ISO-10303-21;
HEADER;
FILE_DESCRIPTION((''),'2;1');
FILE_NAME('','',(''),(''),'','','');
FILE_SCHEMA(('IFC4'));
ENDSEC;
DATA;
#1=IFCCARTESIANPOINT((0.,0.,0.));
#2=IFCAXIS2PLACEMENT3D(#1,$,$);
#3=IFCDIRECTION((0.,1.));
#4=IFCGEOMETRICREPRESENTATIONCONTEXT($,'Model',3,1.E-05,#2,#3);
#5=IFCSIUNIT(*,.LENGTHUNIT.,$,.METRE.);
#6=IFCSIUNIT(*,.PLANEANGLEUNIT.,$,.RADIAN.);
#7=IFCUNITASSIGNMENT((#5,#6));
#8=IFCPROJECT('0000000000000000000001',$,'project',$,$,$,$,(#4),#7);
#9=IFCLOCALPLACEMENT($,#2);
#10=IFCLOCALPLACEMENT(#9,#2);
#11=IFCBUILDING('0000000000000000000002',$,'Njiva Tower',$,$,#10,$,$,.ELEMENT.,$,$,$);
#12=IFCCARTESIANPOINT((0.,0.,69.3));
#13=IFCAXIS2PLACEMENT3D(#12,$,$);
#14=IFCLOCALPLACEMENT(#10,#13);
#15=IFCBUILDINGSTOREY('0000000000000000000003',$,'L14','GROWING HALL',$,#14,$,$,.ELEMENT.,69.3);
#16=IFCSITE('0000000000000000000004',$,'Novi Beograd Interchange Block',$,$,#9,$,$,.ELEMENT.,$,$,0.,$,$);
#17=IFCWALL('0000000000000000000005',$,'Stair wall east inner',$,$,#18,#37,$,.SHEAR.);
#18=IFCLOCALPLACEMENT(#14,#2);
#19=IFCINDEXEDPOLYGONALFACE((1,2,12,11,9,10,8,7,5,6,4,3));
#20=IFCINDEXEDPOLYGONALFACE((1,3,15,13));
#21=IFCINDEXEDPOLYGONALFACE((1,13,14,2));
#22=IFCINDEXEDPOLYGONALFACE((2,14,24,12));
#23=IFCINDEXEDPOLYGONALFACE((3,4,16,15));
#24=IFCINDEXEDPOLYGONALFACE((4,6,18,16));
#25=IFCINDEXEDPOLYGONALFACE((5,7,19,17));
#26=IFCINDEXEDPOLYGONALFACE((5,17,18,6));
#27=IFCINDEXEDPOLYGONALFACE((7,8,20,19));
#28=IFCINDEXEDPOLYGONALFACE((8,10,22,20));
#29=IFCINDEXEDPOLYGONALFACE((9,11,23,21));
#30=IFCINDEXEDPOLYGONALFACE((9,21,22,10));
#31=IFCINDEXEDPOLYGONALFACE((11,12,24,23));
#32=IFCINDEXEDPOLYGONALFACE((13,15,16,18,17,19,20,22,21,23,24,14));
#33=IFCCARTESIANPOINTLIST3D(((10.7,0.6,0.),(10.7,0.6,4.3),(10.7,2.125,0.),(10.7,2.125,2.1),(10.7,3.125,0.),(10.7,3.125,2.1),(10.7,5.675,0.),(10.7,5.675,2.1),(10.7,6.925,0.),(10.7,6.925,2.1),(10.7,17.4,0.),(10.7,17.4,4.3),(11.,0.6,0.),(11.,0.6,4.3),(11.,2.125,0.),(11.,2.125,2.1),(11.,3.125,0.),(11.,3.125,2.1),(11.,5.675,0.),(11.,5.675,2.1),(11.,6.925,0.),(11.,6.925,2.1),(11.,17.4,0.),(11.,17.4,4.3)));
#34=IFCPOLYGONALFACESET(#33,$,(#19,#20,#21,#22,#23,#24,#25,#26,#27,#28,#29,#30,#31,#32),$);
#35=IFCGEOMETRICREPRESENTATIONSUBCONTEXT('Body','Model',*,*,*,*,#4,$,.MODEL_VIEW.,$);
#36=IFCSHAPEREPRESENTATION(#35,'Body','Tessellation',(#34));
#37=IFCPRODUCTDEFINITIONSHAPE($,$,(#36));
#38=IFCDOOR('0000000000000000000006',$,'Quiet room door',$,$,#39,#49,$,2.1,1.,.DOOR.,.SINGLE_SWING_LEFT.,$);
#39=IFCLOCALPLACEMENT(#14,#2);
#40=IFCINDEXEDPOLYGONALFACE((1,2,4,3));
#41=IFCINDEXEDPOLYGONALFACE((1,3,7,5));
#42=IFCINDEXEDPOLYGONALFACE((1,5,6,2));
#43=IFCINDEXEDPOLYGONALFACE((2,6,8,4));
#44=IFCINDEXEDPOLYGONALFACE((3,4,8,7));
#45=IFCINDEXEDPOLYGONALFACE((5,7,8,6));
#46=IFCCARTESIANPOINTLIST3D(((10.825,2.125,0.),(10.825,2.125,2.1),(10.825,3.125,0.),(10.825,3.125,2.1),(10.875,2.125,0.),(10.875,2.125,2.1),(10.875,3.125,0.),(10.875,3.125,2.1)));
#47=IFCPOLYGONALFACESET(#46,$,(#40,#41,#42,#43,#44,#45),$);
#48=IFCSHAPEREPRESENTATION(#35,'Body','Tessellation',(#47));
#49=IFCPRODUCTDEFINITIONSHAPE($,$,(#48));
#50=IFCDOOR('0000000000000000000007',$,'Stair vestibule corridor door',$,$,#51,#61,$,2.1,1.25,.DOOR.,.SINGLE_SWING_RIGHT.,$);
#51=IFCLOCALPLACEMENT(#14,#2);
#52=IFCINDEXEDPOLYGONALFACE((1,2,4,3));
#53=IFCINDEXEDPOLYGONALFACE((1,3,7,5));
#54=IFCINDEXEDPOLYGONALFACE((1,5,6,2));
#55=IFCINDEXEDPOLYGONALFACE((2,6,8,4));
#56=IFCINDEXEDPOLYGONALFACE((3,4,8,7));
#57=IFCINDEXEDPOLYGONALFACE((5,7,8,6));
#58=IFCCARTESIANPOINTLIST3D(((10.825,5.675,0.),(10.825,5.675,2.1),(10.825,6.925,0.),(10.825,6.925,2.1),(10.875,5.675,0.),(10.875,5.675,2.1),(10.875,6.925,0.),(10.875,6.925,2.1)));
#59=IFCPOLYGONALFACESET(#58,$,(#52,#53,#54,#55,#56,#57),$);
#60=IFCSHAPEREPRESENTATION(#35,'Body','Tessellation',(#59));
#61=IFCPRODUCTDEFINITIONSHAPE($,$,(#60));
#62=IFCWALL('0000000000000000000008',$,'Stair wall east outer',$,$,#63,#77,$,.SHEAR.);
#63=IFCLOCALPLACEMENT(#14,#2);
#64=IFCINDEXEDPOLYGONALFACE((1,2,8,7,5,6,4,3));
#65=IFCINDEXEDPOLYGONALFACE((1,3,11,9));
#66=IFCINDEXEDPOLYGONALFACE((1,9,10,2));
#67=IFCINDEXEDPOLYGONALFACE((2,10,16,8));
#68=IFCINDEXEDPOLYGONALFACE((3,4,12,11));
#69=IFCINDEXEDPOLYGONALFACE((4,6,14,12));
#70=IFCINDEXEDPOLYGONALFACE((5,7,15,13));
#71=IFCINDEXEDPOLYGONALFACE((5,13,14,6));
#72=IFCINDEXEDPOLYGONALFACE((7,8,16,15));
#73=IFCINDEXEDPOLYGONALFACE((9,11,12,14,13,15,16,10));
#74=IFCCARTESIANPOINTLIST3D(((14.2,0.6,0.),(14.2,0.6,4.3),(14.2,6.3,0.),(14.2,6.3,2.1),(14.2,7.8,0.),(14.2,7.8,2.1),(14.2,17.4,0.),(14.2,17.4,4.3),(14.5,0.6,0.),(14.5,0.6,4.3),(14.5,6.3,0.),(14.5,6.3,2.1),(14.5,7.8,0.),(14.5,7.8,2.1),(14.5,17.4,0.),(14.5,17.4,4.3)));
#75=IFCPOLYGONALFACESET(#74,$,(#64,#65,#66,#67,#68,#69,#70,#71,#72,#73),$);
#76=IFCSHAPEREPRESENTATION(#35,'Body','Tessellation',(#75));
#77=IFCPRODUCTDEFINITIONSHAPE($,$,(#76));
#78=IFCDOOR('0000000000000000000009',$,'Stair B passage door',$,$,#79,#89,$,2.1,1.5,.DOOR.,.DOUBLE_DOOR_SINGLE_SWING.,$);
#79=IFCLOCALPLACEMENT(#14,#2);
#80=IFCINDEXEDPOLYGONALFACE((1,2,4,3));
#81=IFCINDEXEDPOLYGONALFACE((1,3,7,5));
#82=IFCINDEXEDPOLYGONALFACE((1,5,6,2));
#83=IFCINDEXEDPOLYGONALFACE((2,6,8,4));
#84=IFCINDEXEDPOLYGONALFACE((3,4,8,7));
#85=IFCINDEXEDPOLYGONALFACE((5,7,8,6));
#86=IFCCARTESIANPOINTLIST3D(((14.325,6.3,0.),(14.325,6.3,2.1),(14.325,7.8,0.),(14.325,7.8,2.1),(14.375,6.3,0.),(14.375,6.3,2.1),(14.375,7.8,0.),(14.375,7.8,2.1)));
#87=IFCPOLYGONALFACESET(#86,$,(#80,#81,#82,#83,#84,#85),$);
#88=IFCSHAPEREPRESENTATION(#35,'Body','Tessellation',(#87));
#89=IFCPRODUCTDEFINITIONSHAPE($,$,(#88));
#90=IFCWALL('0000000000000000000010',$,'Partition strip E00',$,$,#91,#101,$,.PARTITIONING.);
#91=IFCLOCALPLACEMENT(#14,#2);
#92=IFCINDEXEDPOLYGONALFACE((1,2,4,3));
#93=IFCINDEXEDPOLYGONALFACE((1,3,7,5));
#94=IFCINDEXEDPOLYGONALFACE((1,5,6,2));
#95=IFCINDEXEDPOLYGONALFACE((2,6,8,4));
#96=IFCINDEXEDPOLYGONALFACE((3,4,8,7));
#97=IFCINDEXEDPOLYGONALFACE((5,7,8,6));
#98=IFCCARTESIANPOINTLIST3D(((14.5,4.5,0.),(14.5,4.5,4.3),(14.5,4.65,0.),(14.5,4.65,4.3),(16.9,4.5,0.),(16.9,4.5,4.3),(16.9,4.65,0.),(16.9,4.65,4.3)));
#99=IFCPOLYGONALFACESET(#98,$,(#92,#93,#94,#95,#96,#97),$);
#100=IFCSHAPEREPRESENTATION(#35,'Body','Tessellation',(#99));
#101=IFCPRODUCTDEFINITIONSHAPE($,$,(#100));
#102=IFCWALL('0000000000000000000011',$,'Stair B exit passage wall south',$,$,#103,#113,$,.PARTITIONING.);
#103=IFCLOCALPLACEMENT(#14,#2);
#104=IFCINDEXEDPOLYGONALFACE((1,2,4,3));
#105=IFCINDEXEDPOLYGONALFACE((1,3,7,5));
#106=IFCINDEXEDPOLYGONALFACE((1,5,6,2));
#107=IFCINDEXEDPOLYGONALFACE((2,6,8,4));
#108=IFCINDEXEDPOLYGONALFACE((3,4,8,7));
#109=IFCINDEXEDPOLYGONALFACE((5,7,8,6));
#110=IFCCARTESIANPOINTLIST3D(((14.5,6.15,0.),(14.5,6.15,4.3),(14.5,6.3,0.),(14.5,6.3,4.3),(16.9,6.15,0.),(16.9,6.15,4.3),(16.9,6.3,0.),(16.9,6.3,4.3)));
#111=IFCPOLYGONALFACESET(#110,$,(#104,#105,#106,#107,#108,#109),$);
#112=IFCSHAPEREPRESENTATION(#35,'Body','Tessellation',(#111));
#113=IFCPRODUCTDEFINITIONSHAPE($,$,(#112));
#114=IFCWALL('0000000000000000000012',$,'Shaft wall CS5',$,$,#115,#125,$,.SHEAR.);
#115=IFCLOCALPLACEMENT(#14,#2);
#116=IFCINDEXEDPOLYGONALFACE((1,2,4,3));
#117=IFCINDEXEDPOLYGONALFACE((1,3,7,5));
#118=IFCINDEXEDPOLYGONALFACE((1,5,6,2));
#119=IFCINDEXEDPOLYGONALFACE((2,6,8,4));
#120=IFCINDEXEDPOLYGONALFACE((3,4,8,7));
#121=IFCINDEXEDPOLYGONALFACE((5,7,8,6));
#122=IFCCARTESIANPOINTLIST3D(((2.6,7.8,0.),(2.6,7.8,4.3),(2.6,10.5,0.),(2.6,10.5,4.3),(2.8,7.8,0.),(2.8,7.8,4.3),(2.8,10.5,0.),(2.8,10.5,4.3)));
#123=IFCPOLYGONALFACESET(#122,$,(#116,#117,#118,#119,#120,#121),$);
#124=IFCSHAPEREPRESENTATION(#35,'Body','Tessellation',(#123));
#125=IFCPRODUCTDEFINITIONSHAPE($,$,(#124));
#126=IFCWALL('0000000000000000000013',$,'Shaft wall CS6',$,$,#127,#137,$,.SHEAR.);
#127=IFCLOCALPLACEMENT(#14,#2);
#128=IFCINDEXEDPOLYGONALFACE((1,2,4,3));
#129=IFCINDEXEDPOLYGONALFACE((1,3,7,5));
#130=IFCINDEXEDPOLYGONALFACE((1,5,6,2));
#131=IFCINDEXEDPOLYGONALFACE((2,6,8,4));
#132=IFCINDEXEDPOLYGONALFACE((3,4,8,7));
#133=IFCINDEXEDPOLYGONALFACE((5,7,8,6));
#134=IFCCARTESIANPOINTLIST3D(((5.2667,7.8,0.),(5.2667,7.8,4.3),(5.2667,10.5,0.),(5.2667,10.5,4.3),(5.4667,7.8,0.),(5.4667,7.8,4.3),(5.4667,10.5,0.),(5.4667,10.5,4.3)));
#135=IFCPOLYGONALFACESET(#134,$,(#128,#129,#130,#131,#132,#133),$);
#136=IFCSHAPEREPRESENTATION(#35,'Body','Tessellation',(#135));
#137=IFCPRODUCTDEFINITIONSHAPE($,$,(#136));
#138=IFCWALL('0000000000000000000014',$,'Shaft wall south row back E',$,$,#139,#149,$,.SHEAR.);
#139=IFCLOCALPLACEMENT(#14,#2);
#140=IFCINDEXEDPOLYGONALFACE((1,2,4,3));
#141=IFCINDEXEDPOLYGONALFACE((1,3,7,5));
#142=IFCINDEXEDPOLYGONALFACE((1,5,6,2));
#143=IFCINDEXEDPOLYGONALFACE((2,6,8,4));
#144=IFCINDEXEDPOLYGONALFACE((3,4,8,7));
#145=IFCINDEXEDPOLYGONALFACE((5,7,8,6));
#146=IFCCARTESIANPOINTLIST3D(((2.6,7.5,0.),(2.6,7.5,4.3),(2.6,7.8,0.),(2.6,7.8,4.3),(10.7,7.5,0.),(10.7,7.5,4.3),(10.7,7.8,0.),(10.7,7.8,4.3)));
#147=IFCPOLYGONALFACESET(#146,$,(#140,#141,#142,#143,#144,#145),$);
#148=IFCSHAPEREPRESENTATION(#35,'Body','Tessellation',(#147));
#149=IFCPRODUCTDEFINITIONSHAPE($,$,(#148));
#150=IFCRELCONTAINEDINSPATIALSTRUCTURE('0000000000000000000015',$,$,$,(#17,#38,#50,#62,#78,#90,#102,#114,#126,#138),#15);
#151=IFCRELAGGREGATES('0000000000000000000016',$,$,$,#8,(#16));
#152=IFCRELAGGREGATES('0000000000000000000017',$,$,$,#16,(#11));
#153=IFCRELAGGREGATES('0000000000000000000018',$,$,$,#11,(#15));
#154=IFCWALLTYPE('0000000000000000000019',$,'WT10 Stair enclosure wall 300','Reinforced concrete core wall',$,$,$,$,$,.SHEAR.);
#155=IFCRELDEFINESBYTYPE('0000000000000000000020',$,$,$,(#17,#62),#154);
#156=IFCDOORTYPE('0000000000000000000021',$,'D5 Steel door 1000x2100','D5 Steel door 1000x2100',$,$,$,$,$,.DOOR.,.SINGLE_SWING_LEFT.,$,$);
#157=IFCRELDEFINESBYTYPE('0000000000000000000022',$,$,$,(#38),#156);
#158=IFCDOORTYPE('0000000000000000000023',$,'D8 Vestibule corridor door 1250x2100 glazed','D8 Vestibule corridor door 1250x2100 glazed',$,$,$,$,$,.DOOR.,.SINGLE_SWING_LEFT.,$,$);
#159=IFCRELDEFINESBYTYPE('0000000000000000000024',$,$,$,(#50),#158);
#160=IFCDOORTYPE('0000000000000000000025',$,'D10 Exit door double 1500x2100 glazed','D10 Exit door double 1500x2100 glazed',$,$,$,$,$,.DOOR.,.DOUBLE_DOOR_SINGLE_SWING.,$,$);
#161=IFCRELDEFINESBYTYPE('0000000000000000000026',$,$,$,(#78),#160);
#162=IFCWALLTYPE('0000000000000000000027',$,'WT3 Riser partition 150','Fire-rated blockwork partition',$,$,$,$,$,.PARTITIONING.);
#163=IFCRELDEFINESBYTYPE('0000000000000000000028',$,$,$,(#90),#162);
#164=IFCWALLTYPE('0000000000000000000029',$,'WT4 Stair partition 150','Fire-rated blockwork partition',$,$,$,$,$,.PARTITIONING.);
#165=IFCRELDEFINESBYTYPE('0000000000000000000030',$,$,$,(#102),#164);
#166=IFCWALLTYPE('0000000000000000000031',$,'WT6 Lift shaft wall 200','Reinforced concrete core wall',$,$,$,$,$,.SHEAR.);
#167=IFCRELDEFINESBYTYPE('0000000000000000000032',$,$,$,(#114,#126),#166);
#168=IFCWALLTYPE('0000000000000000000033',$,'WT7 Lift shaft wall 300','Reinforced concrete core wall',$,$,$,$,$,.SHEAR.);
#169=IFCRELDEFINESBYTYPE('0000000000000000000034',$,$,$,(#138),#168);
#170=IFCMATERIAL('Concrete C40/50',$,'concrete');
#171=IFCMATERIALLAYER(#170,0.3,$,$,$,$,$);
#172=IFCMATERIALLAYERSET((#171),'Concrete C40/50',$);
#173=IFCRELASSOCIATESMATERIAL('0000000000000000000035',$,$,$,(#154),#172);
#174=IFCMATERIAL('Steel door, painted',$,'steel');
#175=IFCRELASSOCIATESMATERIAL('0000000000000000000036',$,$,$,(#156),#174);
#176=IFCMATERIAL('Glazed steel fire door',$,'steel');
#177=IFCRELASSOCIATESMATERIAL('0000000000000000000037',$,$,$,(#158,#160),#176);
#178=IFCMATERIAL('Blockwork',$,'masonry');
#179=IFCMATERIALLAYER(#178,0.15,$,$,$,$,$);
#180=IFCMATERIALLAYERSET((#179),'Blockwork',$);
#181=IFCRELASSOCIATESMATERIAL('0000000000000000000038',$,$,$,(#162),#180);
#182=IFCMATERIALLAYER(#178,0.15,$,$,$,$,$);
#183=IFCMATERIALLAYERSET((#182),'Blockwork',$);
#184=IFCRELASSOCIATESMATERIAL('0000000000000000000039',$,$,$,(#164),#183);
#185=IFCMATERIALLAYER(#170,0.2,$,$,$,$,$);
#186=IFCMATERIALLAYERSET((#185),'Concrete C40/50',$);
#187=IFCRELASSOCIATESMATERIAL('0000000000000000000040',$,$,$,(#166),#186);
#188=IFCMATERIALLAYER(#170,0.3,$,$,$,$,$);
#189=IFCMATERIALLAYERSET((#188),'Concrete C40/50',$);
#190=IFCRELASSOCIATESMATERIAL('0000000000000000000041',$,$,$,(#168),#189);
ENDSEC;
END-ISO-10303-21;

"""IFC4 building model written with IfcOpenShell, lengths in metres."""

from ifc_helpers import new_model, si_unit, direction, frame, frame_2d, origin, place, context, subcontext, project, spatial, rectangle, extrude, material, layer, layer_set, type_object, element, fill, save


model = new_model("IFC4")

# Units and contexts
model_context = context("Model", 3, precision=1e-05, world=origin(), true_north=direction((0.0, 1.0)))
body_context = subcontext(model_context, "Body", "Model", "MODEL_VIEW")
ifc_project = project(units=[si_unit("LENGTHUNIT", "METRE"), si_unit("PLANEANGLEUNIT", "RADIAN")], contexts=[model_context])

# Site, building, storey
site_placement = place(None, origin())
site = spatial("IfcSite", under=ifc_project, at=site_placement, Name="Novi Beograd Interchange Block", CompositionType="ELEMENT", RefElevation=0.0)
building_placement = place(site_placement, origin())
building = spatial("IfcBuilding", under=site, at=building_placement, Name="Njiva Tower", CompositionType="ELEMENT")
storey_placement = place(building_placement, frame((0.0, 0.0, 69.3)))
storey = spatial("IfcBuildingStorey", under=building, at=storey_placement, Name="L14", Description="GROWING HALL", CompositionType="ELEMENT", Elevation=69.3)

# Shared definitions
ifc_material_1 = material(Name="Concrete C40/50", Category="concrete")

# Shared definitions
ifc_material_2 = material(Name="Blockwork", Category="masonry")

# Wall, openings, doors
ifc_layer_1 = layer(ifc_material_1, 0.3)
ifc_layer_set_1 = layer_set([ifc_layer_1], Name="Concrete C40/50")
wall_type_1 = type_object("IfcWallType", Name="WT10 Stair enclosure wall 300", Description="Reinforced concrete core wall", PredefinedType="SHEAR", material=ifc_layer_set_1)
wall_1_placement = place(storey_placement, frame((10.85, 0.6, 0.0), z_axis=(0.0, 0.0, 1.0), x_axis=(0.0, 1.0, 0.0)))
wall_1 = element("IfcWall", 1, at=wall_1_placement, inside=storey, type_object=wall_type_1, Name="Stair wall east inner", PredefinedType="SHEAR", context=body_context, shape_type="SweptSolid", body=[
    extrude(rectangle(XDim=16.8, YDim=0.3, at=frame_2d((8.4, 0.0))), origin(), (0.0, 0.0, 1.0), 4.3),
])
opening_1_placement = place(wall_1_placement, frame((5.075, 0.0, 0.0)))
opening_1 = element("IfcOpeningElement", 2, at=opening_1_placement, cuts=wall_1, PredefinedType="OPENING", context=body_context, shape_type="SweptSolid", body=[
    extrude(rectangle(XDim=1.25, YDim=2.1, at=frame_2d((0.625, 1.05))), frame((0.0, 0.16, 0.0), z_axis=(0.0, -1.0, 0.0), x_axis=(1.0, 0.0, 0.0)), (0.0, 0.0, 1.0), 0.32),
])
opening_2_placement = place(wall_1_placement, frame((1.525, 0.0, 0.0)))
opening_2 = element("IfcOpeningElement", 3, at=opening_2_placement, cuts=wall_1, PredefinedType="OPENING", context=body_context, shape_type="SweptSolid", body=[
    extrude(rectangle(XDim=1.0, YDim=2.1, at=frame_2d((0.5, 1.05))), frame((0.0, 0.16, 0.0), z_axis=(0.0, -1.0, 0.0), x_axis=(1.0, 0.0, 0.0)), (0.0, 0.0, 1.0), 0.32),
])
ifc_material_3 = material(Name="Steel door, painted", Category="steel")
door_type_1 = type_object("IfcDoorType", Name="D5 Steel door 1000x2100", Description="D5 Steel door 1000x2100", OperationType="SINGLE_SWING_LEFT", PredefinedType="DOOR", material=ifc_material_3)
door_1_placement = place(opening_2_placement, origin())
door_1 = element("IfcDoor", 4, at=door_1_placement, inside=storey, type_object=door_type_1, Name="Quiet room door", OperationType="SINGLE_SWING_LEFT", OverallHeight=2.1, OverallWidth=1.0, PredefinedType="DOOR", context=body_context, shape_type="SweptSolid", body=[
    extrude(rectangle(XDim=1.0, YDim=2.1, at=frame_2d((0.5, 1.05))), frame((0.0, 0.025, 0.0), z_axis=(0.0, -1.0, 0.0), x_axis=(1.0, 0.0, 0.0)), (0.0, 0.0, 1.0), 0.05),
])
fill(opening_2, door_1)
ifc_material_4 = material(Name="Glazed steel fire door", Category="steel")
door_type_2 = type_object("IfcDoorType", Name="D8 Vestibule corridor door 1250x2100 glazed", Description="D8 Vestibule corridor door 1250x2100 glazed", OperationType="SINGLE_SWING_LEFT", PredefinedType="DOOR", material=ifc_material_4)
door_2_placement = place(opening_1_placement, origin())
door_2 = element("IfcDoor", 5, at=door_2_placement, inside=storey, type_object=door_type_2, Name="Stair vestibule corridor door", OperationType="SINGLE_SWING_RIGHT", OverallHeight=2.1, OverallWidth=1.25, PredefinedType="DOOR", context=body_context, shape_type="SweptSolid", body=[
    extrude(rectangle(XDim=1.25, YDim=2.1, at=frame_2d((0.625, 1.05))), frame((0.0, 0.025, 0.0), z_axis=(0.0, -1.0, 0.0), x_axis=(1.0, 0.0, 0.0)), (0.0, 0.0, 1.0), 0.05),
])
fill(opening_1, door_2)

# Wall, opening, door
wall_2_placement = place(storey_placement, frame((14.35, 0.6, 0.0), z_axis=(0.0, 0.0, 1.0), x_axis=(0.0, 1.0, 0.0)))
wall_2 = element("IfcWall", 6, at=wall_2_placement, inside=storey, type_object=wall_type_1, Name="Stair wall east outer", PredefinedType="SHEAR", context=body_context, shape_type="SweptSolid", body=[
    extrude(rectangle(XDim=16.8, YDim=0.3, at=frame_2d((8.4, 0.0))), origin(), (0.0, 0.0, 1.0), 4.3),
])
opening_3_placement = place(wall_2_placement, frame((5.7, 0.0, 0.0)))
opening_3 = element("IfcOpeningElement", 7, at=opening_3_placement, cuts=wall_2, PredefinedType="OPENING", context=body_context, shape_type="SweptSolid", body=[
    extrude(rectangle(XDim=1.5, YDim=2.1, at=frame_2d((0.75, 1.05))), frame((0.0, 0.16, 0.0), z_axis=(0.0, -1.0, 0.0), x_axis=(1.0, 0.0, 0.0)), (0.0, 0.0, 1.0), 0.32),
])
door_type_3 = type_object("IfcDoorType", Name="D10 Exit door double 1500x2100 glazed", Description="D10 Exit door double 1500x2100 glazed", OperationType="DOUBLE_DOOR_SINGLE_SWING", PredefinedType="DOOR", material=ifc_material_4)
door_3_placement = place(opening_3_placement, origin())
door_3 = element("IfcDoor", 8, at=door_3_placement, inside=storey, type_object=door_type_3, Name="Stair B passage door", OperationType="DOUBLE_DOOR_SINGLE_SWING", OverallHeight=2.1, OverallWidth=1.5, PredefinedType="DOOR", context=body_context, shape_type="SweptSolid", body=[
    extrude(rectangle(XDim=1.5, YDim=2.1, at=frame_2d((0.75, 1.05))), frame((0.0, 0.025, 0.0), z_axis=(0.0, -1.0, 0.0), x_axis=(1.0, 0.0, 0.0)), (0.0, 0.0, 1.0), 0.05),
])
fill(opening_3, door_3)

# Walls
ifc_layer_2 = layer(ifc_material_2, 0.15)
ifc_layer_set_2 = layer_set([ifc_layer_2], Name="Blockwork")
wall_type_2 = type_object("IfcWallType", Name="WT3 Riser partition 150", Description="Fire-rated blockwork partition", PredefinedType="PARTITIONING", material=ifc_layer_set_2)
wall_3_placement = place(storey_placement, frame((14.5, 4.575, 0.0), z_axis=(0.0, 0.0, 1.0), x_axis=(1.0, 0.0, 0.0)))
element("IfcWall", 9, at=wall_3_placement, inside=storey, type_object=wall_type_2, Name="Partition strip E00", PredefinedType="PARTITIONING", context=body_context, shape_type="SweptSolid", body=[
    extrude(rectangle(XDim=2.4, YDim=0.15, at=frame_2d((1.2, 0.0))), origin(), (0.0, 0.0, 1.0), 4.3),
])
ifc_layer_3 = layer(ifc_material_2, 0.15)
ifc_layer_set_3 = layer_set([ifc_layer_3], Name="Blockwork")
wall_type_3 = type_object("IfcWallType", Name="WT4 Stair partition 150", Description="Fire-rated blockwork partition", PredefinedType="PARTITIONING", material=ifc_layer_set_3)
wall_4_placement = place(storey_placement, frame((14.5, 6.225, 0.0), z_axis=(0.0, 0.0, 1.0), x_axis=(1.0, 0.0, 0.0)))
element("IfcWall", 10, at=wall_4_placement, inside=storey, type_object=wall_type_3, Name="Stair B exit passage wall south", PredefinedType="PARTITIONING", context=body_context, shape_type="SweptSolid", body=[
    extrude(rectangle(XDim=2.4, YDim=0.15, at=frame_2d((1.2, 0.0))), origin(), (0.0, 0.0, 1.0), 4.3),
])
ifc_layer_4 = layer(ifc_material_1, 0.2)
ifc_layer_set_4 = layer_set([ifc_layer_4], Name="Concrete C40/50")
wall_type_4 = type_object("IfcWallType", Name="WT6 Lift shaft wall 200", Description="Reinforced concrete core wall", PredefinedType="SHEAR", material=ifc_layer_set_4)
for number, where, z_axis, x_axis, name in (
    (11, (2.7, 7.8, 0.0), (0.0, 0.0, 1.0), (0.0, 1.0, 0.0), "Shaft wall CS5"),
    (12, (5.3667, 7.8, 0.0), (0.0, 0.0, 1.0), (0.0, 1.0, 0.0), "Shaft wall CS6"),
):
    element("IfcWall", number, at=place(storey_placement, frame(where, z_axis=z_axis, x_axis=x_axis)), inside=storey, type_object=wall_type_4, Name=name, PredefinedType="SHEAR", context=body_context, shape_type="SweptSolid", body=[
        extrude(rectangle(XDim=2.7, YDim=0.2, at=frame_2d((1.35, 0.0))), origin(), (0.0, 0.0, 1.0), 4.3),
    ])
ifc_layer_5 = layer(ifc_material_1, 0.3)
ifc_layer_set_5 = layer_set([ifc_layer_5], Name="Concrete C40/50")
wall_type_5 = type_object("IfcWallType", Name="WT7 Lift shaft wall 300", Description="Reinforced concrete core wall", PredefinedType="SHEAR", material=ifc_layer_set_5)
wall_5_placement = place(storey_placement, frame((2.6, 7.65, 0.0), z_axis=(0.0, 0.0, 1.0), x_axis=(1.0, 0.0, 0.0)))
element("IfcWall", 13, at=wall_5_placement, inside=storey, type_object=wall_type_5, Name="Shaft wall south row back E", PredefinedType="SHEAR", context=body_context, shape_type="SweptSolid", body=[
    extrude(rectangle(XDim=8.1, YDim=0.3, at=frame_2d((4.05, 0.0))), origin(), (0.0, 0.0, 1.0), 4.3),
])

save(model, "model.ifc")
